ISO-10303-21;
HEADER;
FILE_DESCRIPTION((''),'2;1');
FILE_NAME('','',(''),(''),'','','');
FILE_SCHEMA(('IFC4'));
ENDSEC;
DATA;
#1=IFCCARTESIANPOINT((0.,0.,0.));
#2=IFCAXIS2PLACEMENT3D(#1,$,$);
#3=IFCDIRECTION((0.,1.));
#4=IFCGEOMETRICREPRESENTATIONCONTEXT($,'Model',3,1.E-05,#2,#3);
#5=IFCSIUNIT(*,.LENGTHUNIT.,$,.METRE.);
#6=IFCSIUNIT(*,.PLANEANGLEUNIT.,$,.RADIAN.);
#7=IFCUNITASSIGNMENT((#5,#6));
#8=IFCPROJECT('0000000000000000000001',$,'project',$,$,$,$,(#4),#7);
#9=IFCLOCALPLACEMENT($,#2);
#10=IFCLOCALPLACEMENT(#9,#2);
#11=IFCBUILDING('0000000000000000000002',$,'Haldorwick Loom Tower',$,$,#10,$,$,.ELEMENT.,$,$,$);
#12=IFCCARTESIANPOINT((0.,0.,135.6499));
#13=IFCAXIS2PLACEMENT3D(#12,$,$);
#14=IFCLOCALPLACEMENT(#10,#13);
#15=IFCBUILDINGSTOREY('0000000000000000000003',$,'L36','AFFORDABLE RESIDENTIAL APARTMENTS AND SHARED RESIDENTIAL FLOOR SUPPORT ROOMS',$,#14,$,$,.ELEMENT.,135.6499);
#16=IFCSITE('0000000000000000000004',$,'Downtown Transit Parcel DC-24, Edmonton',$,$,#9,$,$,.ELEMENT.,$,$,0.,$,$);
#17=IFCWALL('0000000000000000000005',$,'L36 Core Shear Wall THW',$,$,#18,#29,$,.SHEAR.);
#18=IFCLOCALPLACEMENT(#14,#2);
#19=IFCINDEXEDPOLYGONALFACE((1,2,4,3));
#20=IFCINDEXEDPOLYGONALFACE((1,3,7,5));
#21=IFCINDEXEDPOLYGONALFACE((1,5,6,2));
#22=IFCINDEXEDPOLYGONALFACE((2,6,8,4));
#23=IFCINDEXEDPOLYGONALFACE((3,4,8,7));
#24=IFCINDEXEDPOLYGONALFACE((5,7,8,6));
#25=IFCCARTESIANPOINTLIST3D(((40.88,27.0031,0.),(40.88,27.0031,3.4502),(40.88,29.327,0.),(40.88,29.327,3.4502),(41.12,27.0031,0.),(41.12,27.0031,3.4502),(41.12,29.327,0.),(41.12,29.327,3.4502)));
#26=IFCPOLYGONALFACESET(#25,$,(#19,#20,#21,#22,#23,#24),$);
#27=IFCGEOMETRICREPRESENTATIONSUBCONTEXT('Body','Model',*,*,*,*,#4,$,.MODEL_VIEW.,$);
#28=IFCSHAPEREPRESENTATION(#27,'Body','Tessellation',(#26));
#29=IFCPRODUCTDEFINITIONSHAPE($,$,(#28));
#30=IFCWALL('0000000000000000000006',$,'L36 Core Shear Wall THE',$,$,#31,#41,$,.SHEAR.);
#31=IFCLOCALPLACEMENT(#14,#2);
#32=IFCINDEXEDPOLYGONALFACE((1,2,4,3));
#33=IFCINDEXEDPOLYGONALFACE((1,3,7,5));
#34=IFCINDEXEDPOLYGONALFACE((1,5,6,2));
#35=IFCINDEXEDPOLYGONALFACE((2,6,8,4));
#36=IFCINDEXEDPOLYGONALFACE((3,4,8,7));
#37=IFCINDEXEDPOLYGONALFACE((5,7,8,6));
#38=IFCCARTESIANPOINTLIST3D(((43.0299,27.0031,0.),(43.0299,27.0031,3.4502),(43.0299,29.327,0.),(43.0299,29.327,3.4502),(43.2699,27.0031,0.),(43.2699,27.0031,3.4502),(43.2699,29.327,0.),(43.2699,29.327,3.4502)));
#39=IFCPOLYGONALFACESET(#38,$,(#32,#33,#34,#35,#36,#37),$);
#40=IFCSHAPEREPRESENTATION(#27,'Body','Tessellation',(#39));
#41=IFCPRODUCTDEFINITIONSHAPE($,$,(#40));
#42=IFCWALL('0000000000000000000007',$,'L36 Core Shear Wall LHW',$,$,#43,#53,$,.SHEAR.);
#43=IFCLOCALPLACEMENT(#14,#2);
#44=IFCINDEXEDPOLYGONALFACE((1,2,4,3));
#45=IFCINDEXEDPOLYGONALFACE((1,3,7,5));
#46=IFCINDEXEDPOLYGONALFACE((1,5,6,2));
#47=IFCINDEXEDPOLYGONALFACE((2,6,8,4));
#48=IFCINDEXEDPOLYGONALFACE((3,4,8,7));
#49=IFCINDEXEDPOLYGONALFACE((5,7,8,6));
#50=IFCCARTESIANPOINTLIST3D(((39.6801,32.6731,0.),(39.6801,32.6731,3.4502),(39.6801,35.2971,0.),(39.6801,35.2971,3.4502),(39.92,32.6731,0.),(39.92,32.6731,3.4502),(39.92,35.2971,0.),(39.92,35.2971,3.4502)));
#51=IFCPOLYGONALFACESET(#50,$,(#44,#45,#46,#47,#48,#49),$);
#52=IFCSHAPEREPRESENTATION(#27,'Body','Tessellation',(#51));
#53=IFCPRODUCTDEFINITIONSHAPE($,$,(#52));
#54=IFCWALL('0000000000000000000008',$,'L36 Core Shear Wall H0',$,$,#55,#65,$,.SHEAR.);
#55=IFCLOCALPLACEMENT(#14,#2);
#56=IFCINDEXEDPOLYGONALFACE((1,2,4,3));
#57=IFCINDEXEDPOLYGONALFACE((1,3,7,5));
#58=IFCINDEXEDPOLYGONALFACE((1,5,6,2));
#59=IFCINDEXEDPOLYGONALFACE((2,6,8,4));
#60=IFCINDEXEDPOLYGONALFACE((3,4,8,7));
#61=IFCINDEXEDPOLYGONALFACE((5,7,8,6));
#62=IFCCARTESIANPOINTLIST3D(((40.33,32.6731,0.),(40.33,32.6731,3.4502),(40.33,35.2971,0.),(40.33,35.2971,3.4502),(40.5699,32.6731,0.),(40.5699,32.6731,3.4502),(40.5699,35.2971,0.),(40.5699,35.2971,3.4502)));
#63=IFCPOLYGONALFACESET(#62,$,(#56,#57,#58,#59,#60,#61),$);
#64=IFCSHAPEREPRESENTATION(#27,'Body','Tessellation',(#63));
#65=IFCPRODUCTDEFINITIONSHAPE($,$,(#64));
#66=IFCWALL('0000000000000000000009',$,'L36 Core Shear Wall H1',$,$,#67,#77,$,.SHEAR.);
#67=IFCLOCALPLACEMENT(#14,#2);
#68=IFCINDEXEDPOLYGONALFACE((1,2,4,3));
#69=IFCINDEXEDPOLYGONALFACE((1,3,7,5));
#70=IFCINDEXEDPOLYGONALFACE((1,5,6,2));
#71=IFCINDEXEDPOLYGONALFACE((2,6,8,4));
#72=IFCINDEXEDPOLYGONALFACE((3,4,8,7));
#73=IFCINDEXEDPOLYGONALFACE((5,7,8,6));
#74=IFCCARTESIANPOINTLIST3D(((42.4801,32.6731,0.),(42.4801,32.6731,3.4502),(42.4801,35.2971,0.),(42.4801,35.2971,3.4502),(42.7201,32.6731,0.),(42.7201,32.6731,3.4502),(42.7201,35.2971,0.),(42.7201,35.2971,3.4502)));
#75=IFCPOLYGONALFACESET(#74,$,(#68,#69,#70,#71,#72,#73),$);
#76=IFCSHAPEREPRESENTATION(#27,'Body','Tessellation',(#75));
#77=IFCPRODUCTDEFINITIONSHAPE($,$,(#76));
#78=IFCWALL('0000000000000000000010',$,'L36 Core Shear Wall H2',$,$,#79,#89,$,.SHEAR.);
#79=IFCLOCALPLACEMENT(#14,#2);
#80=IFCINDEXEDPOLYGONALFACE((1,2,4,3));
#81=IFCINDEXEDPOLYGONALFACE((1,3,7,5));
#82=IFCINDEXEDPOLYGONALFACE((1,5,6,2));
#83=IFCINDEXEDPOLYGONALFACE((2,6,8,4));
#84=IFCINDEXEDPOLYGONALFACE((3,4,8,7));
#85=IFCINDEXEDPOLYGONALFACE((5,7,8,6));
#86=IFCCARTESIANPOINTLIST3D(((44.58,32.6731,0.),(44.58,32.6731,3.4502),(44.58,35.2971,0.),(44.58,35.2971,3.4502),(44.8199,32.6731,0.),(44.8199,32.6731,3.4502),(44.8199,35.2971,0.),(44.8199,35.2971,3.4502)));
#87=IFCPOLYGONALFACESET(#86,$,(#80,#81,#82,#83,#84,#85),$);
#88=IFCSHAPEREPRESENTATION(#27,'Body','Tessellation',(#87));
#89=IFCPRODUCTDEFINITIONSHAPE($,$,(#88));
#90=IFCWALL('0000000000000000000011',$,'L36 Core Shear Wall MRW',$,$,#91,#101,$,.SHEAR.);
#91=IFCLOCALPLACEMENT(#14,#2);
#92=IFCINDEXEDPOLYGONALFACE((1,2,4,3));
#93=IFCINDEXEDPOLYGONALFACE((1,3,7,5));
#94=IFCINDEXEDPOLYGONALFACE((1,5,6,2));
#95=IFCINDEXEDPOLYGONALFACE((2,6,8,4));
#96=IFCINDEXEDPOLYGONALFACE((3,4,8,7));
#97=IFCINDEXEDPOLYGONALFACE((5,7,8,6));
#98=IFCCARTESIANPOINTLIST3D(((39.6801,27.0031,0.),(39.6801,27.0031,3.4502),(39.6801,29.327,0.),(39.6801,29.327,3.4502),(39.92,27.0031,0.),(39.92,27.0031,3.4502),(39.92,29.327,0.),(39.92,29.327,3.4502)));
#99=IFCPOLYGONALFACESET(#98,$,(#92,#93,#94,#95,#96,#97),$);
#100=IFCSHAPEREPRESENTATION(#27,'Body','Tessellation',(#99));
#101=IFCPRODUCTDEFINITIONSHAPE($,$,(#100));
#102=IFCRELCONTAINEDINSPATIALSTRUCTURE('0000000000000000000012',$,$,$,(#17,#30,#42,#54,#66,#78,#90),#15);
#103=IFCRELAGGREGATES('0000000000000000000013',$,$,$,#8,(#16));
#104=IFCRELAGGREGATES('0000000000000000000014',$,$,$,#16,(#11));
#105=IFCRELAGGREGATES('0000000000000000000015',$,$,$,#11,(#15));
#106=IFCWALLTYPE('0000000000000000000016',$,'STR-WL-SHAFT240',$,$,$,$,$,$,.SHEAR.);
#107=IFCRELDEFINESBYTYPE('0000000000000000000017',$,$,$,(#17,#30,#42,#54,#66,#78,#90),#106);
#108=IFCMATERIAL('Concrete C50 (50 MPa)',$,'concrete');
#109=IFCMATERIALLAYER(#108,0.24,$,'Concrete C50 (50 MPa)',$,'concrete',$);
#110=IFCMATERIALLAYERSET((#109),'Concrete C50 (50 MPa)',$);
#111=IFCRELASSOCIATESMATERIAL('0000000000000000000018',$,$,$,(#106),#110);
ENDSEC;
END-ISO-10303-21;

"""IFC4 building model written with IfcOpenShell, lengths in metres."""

from ifc_helpers import new_model, si_unit, direction, frame, frame_2d, origin, place, context, subcontext, project, spatial, rectangle, extrude, material, layer, layer_set, type_object, element, save


model = new_model("IFC4")

# Units and contexts
model_context = context("Model", 3, precision=1e-05, world=origin(), true_north=direction((0.0, 1.0)))
body_context = subcontext(model_context, "Body", "Model", "MODEL_VIEW")
ifc_project = project(units=[si_unit("LENGTHUNIT", "METRE"), si_unit("PLANEANGLEUNIT", "RADIAN")], contexts=[model_context])

# Site, building, storey
site_placement = place(None, origin())
site = spatial("IfcSite", under=ifc_project, at=site_placement, Name="Downtown Transit Parcel DC-24, Edmonton", CompositionType="ELEMENT", RefElevation=0.0)
building_placement = place(site_placement, origin())
building = spatial("IfcBuilding", under=site, at=building_placement, Name="Haldorwick Loom Tower", CompositionType="ELEMENT")
storey_placement = place(building_placement, frame((0.0, 0.0, 135.6499)))
storey = spatial("IfcBuildingStorey", under=building, at=storey_placement, Name="L36", Description="AFFORDABLE RESIDENTIAL APARTMENTS AND SHARED RESIDENTIAL FLOOR SUPPORT ROOMS", CompositionType="ELEMENT", Elevation=135.6499)

# Shared definitions
ifc_material_1 = material(Name="Concrete C50 (50 MPa)", Category="concrete")
ifc_layer_1 = layer(ifc_material_1, 0.24, Name="Concrete C50 (50 MPa)", Category="concrete")
ifc_layer_set_1 = layer_set([ifc_layer_1], Name="Concrete C50 (50 MPa)")
wall_type_1 = type_object("IfcWallType", Name="STR-WL-SHAFT240", PredefinedType="SHEAR", material=ifc_layer_set_1)

# Walls
for number, where, z_axis, x_axis, name in (
    (1, (41.0, 27.0029, 0.0), (0.0, 0.0, 1.0), (0.0, 1.0, 0.0), "L36 Core Shear Wall THW"),
    (2, (43.1499, 27.0029, 0.0), (0.0, 0.0, 1.0), (0.0, 1.0, 0.0), "L36 Core Shear Wall THE"),
):
    element("IfcWall", number, at=place(storey_placement, frame(where, z_axis=z_axis, x_axis=x_axis)), inside=storey, type_object=wall_type_1, Name=name, PredefinedType="SHEAR", context=body_context, shape_type="SweptSolid", body=[
        extrude(rectangle(XDim=2.324, YDim=0.24, at=frame_2d((1.1621, 0.0))), origin(), (0.0, 0.0, 1.0), 3.4502),
    ])
for number, where, z_axis, x_axis, name in (
    (3, (39.8, 32.6731, 0.0), (0.0, 0.0, 1.0), (0.0, 1.0, 0.0), "L36 Core Shear Wall LHW"),
    (4, (40.45, 32.6731, 0.0), (0.0, 0.0, 1.0), (0.0, 1.0, 0.0), "L36 Core Shear Wall H0"),
    (5, (42.6001, 32.6731, 0.0), (0.0, 0.0, 1.0), (0.0, 1.0, 0.0), "L36 Core Shear Wall H1"),
    (6, (44.7, 32.6731, 0.0), (0.0, 0.0, 1.0), (0.0, 1.0, 0.0), "L36 Core Shear Wall H2"),
):
    element("IfcWall", number, at=place(storey_placement, frame(where, z_axis=z_axis, x_axis=x_axis)), inside=storey, type_object=wall_type_1, Name=name, PredefinedType="SHEAR", context=body_context, shape_type="SweptSolid", body=[
        extrude(rectangle(XDim=2.624, YDim=0.24, at=frame_2d((1.312, 0.0))), origin(), (0.0, 0.0, 1.0), 3.4502),
    ])
wall_1_placement = place(storey_placement, frame((39.8, 27.0029, 0.0), z_axis=(0.0, 0.0, 1.0), x_axis=(0.0, 1.0, 0.0)))
element("IfcWall", 7, at=wall_1_placement, inside=storey, type_object=wall_type_1, Name="L36 Core Shear Wall MRW", PredefinedType="SHEAR", context=body_context, shape_type="SweptSolid", body=[
    extrude(rectangle(XDim=2.324, YDim=0.24, at=frame_2d((1.1621, 0.0))), origin(), (0.0, 0.0, 1.0), 3.4502),
])

save(model, "model.ifc")
